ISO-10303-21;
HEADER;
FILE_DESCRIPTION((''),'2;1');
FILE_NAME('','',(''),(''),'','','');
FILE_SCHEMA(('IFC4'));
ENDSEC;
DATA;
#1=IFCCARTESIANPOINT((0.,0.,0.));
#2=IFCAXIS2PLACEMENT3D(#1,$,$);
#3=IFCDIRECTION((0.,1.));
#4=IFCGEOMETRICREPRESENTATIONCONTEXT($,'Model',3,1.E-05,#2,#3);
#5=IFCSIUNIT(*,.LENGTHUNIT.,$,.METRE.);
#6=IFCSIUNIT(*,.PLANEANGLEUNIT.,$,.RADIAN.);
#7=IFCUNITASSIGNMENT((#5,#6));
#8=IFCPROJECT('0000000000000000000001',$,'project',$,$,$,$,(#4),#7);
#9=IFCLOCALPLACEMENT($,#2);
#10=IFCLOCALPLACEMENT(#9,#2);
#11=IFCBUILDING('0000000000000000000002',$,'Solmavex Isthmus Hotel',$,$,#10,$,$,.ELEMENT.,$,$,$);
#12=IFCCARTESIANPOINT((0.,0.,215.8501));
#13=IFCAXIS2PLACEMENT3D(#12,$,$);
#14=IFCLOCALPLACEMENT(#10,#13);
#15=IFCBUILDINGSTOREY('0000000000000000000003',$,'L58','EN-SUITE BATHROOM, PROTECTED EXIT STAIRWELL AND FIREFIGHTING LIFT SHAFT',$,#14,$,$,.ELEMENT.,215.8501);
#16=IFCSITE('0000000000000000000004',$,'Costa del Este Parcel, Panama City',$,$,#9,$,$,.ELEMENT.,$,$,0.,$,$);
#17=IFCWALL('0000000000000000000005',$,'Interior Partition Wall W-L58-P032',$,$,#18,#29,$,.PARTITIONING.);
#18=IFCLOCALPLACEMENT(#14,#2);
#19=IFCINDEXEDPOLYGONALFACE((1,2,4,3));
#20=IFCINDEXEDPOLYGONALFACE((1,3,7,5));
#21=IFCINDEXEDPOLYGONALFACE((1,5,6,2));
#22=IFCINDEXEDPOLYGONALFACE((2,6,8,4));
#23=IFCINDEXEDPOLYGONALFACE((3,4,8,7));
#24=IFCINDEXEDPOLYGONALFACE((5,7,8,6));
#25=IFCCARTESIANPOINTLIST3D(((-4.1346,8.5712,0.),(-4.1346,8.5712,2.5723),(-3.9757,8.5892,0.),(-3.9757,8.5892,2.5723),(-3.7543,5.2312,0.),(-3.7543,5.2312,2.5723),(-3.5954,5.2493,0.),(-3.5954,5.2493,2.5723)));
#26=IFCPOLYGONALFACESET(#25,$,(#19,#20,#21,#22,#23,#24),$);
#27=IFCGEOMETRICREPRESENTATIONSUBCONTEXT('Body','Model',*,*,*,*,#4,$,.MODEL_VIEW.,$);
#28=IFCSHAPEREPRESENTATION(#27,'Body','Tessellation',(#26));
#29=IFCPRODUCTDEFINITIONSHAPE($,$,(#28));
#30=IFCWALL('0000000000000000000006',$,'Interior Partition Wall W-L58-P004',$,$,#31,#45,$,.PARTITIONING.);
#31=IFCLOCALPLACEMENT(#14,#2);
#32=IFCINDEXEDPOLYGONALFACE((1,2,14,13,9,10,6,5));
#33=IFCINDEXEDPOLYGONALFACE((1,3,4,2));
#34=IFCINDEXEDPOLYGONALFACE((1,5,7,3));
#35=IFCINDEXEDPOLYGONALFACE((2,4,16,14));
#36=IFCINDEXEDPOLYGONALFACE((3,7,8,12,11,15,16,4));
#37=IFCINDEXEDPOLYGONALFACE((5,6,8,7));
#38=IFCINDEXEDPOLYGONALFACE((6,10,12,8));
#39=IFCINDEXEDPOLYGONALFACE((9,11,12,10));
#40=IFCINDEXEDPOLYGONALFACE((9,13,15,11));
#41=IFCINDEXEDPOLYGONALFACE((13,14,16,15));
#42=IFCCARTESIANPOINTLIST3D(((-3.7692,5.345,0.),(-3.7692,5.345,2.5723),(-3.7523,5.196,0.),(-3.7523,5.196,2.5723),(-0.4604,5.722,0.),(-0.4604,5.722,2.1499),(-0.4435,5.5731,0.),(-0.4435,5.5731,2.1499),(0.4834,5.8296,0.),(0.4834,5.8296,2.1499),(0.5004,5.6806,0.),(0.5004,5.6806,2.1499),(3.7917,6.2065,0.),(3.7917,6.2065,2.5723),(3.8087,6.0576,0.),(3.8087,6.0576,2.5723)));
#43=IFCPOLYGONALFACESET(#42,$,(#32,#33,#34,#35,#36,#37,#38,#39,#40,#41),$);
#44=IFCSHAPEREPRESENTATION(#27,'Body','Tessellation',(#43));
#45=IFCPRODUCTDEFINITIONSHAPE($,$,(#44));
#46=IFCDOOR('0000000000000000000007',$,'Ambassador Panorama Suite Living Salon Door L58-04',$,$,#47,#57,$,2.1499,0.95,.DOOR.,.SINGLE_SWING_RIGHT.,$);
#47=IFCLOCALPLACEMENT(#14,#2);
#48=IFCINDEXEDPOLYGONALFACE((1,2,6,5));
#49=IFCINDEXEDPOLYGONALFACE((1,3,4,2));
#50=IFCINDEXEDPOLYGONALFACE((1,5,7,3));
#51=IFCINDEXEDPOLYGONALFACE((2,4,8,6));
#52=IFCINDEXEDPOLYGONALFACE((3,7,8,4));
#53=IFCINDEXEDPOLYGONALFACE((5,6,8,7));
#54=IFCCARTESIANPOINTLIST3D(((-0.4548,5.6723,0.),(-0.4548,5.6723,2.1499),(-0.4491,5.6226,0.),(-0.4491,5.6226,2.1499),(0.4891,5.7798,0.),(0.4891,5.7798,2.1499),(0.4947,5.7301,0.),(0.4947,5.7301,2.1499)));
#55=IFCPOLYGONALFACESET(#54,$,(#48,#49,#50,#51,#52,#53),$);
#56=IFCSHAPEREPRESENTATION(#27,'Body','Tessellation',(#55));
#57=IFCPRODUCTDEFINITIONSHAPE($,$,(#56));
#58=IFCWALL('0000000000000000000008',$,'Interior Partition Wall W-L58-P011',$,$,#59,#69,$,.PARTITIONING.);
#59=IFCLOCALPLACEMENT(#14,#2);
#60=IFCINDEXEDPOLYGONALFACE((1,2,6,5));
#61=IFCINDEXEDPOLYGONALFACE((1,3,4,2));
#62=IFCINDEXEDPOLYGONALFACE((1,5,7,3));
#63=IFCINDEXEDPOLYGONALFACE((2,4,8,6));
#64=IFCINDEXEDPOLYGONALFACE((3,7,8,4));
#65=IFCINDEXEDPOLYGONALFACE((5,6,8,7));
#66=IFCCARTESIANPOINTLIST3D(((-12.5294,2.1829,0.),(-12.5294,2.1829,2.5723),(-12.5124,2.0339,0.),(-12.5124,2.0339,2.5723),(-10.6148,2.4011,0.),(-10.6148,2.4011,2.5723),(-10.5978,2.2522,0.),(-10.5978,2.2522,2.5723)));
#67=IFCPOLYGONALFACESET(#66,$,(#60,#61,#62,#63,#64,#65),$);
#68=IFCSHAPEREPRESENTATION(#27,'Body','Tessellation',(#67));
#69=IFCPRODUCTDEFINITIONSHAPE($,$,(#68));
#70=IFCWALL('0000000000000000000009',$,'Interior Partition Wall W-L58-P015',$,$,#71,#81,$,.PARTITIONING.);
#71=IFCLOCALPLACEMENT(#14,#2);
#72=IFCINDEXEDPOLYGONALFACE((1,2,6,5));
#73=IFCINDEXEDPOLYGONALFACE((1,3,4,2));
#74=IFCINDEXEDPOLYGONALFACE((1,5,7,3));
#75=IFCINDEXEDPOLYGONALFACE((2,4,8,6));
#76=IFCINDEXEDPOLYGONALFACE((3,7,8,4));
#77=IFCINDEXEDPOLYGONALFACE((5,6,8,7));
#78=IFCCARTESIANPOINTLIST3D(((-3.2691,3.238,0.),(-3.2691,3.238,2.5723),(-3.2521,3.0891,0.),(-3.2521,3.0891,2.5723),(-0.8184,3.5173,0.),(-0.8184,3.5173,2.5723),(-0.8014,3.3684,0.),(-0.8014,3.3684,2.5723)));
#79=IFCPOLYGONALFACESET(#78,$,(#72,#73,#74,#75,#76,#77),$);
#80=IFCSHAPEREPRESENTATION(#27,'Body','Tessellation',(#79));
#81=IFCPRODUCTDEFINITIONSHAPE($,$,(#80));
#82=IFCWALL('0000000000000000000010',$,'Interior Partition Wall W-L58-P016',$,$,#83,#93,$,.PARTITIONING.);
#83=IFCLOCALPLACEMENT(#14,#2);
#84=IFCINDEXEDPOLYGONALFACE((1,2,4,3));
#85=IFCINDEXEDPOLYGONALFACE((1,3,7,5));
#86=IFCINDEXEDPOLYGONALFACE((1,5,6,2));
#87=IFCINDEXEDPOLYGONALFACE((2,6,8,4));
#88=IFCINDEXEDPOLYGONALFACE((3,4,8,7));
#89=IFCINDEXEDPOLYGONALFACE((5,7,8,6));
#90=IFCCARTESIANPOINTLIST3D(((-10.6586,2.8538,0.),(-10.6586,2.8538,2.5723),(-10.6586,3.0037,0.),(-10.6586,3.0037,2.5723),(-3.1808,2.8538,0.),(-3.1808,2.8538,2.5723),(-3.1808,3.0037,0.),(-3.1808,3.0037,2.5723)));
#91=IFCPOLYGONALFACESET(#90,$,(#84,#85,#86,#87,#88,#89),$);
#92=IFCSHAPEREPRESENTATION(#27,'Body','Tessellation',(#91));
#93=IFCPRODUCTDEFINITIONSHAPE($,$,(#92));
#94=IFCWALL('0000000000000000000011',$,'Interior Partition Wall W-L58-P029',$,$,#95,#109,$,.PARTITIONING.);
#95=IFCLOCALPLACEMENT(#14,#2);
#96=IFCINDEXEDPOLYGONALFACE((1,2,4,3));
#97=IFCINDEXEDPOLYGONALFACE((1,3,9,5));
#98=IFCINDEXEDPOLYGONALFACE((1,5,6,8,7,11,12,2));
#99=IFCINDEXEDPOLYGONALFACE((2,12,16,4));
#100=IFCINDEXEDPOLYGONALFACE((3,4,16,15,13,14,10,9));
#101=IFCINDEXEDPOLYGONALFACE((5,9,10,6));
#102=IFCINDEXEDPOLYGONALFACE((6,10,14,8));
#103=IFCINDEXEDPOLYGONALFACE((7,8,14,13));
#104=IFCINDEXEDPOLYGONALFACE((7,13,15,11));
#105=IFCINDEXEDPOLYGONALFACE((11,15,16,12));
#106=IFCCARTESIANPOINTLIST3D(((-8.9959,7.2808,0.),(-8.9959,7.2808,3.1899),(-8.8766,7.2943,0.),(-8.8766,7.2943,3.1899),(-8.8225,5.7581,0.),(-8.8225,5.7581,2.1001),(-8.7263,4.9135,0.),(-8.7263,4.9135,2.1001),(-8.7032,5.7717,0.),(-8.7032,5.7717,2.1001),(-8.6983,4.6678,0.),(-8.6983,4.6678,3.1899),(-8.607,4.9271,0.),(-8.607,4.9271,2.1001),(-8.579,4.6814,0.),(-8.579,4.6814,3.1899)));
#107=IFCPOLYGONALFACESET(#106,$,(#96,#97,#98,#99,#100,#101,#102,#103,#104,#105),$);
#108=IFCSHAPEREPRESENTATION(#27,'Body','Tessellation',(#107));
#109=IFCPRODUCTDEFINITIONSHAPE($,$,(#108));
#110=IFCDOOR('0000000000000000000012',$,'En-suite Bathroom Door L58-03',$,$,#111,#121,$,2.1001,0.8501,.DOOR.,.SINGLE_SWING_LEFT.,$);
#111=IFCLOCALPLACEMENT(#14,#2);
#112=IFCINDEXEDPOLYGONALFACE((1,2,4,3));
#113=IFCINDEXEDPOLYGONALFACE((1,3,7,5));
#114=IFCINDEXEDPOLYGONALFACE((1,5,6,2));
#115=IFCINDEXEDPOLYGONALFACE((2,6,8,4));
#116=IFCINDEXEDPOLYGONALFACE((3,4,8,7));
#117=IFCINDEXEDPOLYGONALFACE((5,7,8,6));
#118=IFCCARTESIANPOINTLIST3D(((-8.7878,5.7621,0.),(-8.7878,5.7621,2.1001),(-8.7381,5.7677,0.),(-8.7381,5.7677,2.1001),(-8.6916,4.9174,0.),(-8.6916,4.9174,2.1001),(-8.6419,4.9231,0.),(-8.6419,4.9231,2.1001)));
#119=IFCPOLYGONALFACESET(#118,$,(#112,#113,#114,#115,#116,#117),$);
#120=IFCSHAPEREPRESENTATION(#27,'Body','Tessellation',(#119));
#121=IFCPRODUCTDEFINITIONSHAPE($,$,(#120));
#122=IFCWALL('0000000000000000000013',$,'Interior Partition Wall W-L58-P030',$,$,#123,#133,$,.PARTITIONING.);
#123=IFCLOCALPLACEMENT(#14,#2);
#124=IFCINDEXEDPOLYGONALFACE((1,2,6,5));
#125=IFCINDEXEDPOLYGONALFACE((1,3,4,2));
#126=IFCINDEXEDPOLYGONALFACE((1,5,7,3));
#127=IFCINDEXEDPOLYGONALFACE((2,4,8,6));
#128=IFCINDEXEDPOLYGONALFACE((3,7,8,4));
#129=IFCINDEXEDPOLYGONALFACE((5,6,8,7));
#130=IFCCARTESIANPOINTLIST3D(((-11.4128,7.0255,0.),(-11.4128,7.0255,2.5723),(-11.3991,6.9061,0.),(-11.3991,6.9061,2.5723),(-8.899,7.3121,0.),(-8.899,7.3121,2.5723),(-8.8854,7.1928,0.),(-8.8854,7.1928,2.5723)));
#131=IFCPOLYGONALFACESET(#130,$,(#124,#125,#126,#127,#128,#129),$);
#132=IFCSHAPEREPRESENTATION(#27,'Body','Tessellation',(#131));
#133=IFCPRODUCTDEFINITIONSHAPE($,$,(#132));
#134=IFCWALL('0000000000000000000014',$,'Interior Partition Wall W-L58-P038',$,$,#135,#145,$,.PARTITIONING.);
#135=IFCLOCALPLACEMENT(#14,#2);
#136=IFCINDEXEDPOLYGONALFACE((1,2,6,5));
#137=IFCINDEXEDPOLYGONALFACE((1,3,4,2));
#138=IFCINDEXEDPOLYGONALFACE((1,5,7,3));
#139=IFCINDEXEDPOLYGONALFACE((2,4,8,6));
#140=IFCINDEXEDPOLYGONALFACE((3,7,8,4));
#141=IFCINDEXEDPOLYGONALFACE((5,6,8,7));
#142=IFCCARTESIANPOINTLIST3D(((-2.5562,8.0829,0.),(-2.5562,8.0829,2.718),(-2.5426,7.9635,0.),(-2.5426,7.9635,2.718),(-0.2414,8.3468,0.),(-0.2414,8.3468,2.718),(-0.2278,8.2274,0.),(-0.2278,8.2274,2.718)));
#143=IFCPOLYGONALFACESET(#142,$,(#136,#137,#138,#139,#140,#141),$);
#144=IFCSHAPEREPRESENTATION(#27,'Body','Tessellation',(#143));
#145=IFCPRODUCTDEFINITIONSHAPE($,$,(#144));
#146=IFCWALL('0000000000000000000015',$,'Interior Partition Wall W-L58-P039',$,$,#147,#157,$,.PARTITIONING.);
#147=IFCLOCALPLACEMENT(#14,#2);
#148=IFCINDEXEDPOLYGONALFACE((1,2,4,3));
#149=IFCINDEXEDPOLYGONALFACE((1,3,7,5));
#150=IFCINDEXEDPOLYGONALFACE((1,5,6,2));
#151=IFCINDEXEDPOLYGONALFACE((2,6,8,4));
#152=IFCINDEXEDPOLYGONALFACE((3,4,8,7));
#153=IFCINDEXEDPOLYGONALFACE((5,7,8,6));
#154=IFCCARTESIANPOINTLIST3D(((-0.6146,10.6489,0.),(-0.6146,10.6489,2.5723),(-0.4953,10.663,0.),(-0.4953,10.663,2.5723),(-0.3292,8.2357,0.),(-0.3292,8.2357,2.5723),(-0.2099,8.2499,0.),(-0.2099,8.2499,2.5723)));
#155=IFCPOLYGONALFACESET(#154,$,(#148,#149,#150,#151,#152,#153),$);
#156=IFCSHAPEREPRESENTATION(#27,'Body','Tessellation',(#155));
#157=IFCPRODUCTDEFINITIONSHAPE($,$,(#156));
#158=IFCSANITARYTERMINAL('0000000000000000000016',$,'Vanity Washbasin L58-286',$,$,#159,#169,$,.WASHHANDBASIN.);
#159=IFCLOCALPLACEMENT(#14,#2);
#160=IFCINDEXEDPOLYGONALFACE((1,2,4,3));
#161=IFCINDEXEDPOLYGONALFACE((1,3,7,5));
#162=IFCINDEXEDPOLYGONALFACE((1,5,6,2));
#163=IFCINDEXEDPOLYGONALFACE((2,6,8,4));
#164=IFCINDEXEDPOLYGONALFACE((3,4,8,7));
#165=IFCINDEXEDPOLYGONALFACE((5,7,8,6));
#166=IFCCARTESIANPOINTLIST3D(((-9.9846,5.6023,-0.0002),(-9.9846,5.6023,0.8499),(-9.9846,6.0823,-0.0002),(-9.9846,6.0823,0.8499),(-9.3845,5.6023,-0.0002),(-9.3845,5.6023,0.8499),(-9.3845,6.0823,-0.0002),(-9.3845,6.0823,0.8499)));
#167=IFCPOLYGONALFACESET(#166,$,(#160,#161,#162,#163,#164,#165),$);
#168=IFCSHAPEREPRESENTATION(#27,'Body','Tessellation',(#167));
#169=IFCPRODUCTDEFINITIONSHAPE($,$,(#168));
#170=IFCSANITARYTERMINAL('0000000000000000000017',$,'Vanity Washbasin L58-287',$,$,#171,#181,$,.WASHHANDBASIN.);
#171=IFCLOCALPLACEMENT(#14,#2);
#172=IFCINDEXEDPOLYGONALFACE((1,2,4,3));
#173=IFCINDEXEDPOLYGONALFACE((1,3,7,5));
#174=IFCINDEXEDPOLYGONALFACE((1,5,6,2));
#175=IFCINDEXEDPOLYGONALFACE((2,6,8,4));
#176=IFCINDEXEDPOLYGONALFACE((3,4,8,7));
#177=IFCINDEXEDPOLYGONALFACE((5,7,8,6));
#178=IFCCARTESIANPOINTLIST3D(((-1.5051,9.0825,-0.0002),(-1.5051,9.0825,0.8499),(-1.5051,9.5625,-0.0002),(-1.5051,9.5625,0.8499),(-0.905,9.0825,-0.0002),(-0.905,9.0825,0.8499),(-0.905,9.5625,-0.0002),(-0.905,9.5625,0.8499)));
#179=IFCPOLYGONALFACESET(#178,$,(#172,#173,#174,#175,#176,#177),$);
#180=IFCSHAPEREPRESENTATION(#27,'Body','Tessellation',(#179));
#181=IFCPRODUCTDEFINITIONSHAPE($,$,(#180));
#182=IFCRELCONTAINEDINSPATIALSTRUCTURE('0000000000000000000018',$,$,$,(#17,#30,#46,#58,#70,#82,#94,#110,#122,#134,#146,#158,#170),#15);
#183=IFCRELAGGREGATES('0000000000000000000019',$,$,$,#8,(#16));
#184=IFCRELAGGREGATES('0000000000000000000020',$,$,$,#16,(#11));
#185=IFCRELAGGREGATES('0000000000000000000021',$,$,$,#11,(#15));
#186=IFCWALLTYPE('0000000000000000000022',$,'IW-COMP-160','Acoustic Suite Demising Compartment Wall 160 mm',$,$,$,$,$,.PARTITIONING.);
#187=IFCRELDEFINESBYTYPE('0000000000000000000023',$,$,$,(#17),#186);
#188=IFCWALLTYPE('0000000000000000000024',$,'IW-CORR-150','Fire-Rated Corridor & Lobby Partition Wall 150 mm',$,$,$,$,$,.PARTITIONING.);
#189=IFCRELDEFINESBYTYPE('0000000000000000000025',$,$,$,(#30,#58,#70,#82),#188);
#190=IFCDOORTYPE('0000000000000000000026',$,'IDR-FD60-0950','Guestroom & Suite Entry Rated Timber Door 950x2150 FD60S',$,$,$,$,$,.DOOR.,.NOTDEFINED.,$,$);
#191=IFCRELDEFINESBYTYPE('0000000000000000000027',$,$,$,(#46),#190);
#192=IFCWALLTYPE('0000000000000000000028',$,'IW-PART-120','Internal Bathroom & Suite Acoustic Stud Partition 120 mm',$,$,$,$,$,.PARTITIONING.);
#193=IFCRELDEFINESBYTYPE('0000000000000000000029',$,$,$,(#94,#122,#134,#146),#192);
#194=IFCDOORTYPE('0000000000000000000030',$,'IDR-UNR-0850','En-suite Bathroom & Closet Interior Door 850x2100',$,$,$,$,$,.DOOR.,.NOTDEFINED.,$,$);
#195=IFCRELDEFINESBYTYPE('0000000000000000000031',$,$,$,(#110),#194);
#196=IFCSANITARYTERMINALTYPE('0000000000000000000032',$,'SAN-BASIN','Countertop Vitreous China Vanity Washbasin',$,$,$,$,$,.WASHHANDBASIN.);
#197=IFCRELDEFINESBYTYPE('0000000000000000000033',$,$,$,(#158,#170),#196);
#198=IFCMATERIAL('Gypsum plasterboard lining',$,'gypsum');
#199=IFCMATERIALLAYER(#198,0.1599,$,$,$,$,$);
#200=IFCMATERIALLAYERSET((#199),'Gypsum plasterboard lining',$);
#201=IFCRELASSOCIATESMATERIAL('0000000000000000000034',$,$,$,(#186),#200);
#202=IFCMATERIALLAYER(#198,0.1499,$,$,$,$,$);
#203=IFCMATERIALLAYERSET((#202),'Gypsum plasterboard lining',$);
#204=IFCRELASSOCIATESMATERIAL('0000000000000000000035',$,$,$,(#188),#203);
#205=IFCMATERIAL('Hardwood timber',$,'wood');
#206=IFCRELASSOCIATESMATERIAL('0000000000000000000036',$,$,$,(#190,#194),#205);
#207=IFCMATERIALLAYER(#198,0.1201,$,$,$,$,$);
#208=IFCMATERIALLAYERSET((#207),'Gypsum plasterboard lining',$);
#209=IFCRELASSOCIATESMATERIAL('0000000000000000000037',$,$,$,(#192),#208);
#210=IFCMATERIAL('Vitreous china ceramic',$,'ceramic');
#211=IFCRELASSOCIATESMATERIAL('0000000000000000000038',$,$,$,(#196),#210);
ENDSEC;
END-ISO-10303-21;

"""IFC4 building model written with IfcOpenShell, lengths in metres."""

from ifc_helpers import new_model, si_unit, direction, frame, frame_2d, origin, origin_2d, place, context, subcontext, project, spatial, rectangle, extrude, material, layer, layer_set, type_object, element, fill, save


model = new_model("IFC4")

# Units and contexts
model_context = context("Model", 3, precision=1e-05, world=origin(), true_north=direction((0.0, 1.0)))
body_context = subcontext(model_context, "Body", "Model", "MODEL_VIEW")
ifc_project = project(units=[si_unit("LENGTHUNIT", "METRE"), si_unit("PLANEANGLEUNIT", "RADIAN")], contexts=[model_context])

# Site, building, storey
site_placement = place(None, origin())
site = spatial("IfcSite", under=ifc_project, at=site_placement, Name="Costa del Este Parcel, Panama City", CompositionType="ELEMENT", RefElevation=0.0)
building_placement = place(site_placement, origin())
building = spatial("IfcBuilding", under=site, at=building_placement, Name="Solmavex Isthmus Hotel", CompositionType="ELEMENT")
storey_placement = place(building_placement, frame((0.0, 0.0, 215.8501)))
storey = spatial("IfcBuildingStorey", under=building, at=storey_placement, Name="L58", Description="EN-SUITE BATHROOM, PROTECTED EXIT STAIRWELL AND FIREFIGHTING LIFT SHAFT", CompositionType="ELEMENT", Elevation=215.8501)

# Wall
ifc_material_1 = material(Name="Gypsum plasterboard lining", Category="gypsum")
ifc_layer_1 = layer(ifc_material_1, 0.1599)
ifc_layer_set_1 = layer_set([ifc_layer_1], Name="Gypsum plasterboard lining")
wall_type_1 = type_object("IfcWallType", Name="IW-COMP-160", Description="Acoustic Suite Demising Compartment Wall 160 mm", PredefinedType="PARTITIONING", material=ifc_layer_set_1)
wall_1_placement = place(storey_placement, frame((-4.0552, 8.5801, 0.0), z_axis=(0.0, 0.0, 1.0), x_axis=(0.113149, -0.993578, 0.0)))
element("IfcWall", 1, at=wall_1_placement, inside=storey, type_object=wall_type_1, Name="Interior Partition Wall W-L58-P032", PredefinedType="PARTITIONING", context=body_context, shape_type="SweptSolid", body=[
    extrude(rectangle(XDim=3.3616, YDim=0.1599, at=frame_2d((1.6807, 0.0))), origin(), (0.0, 0.0, 1.0), 2.5723),
])

# Wall, opening, door
ifc_layer_2 = layer(ifc_material_1, 0.1499)
ifc_layer_set_2 = layer_set([ifc_layer_2], Name="Gypsum plasterboard lining")
wall_type_2 = type_object("IfcWallType", Name="IW-CORR-150", Description="Fire-Rated Corridor & Lobby Partition Wall 150 mm", PredefinedType="PARTITIONING", material=ifc_layer_set_2)
ifc_material_2 = material(Name="Hardwood timber", Category="wood")
door_type_1 = type_object("IfcDoorType", Name="IDR-FD60-0950", Description="Guestroom & Suite Entry Rated Timber Door 950x2150 FD60S", OperationType="NOTDEFINED", PredefinedType="DOOR", material=ifc_material_2)
wall_2_placement = place(storey_placement, frame((-3.7607, 5.2705, 0.0), z_axis=(0.0, 0.0, 1.0), x_axis=(0.99357, 0.113216, 0.0)))
wall_2 = element("IfcWall", 2, at=wall_2_placement, inside=storey, type_object=wall_type_2, Name="Interior Partition Wall W-L58-P004", PredefinedType="PARTITIONING", context=body_context, shape_type="SweptSolid", body=[
    extrude(rectangle(XDim=7.6099, YDim=0.1499, at=frame_2d((3.8049, 0.0))), origin(), (0.0, 0.0, 1.0), 2.5723),
])
opening_1_placement = place(wall_2_placement, frame((3.3301, 0.0, 0.0)))
opening_1 = element("IfcOpeningElement", 3, at=opening_1_placement, cuts=wall_2, PredefinedType="OPENING", context=body_context, shape_type="SweptSolid", body=[
    extrude(rectangle(XDim=0.95, YDim=2.1499, at=frame_2d((0.4751, 1.075))), frame((0.0, 0.085, 0.0), z_axis=(0.0, -1.0, 0.0), x_axis=(1.0, 0.0, 0.0)), (0.0, 0.0, 1.0), 0.1699),
])
door_1_placement = place(opening_1_placement, origin())
door_1 = element("IfcDoor", 4, at=door_1_placement, inside=storey, type_object=door_type_1, Name="Ambassador Panorama Suite Living Salon Door L58-04", OperationType="SINGLE_SWING_RIGHT", OverallHeight=2.1499, OverallWidth=0.95, PredefinedType="DOOR", context=body_context, shape_type="SweptSolid", body=[
    extrude(rectangle(XDim=0.95, YDim=2.1499, at=frame_2d((0.4751, 1.075))), frame((0.0, 0.0249, 0.0), z_axis=(0.0, -1.0, 0.0), x_axis=(1.0, 0.0, 0.0)), (0.0, 0.0, 1.0), 0.05),
])
fill(opening_1, door_1)

# Walls
wall_3_placement = place(storey_placement, frame((-10.6064, 2.3267, 0.0), z_axis=(0.0, 0.0, 1.0), x_axis=(-0.993564, -0.113268, 0.0)))
element("IfcWall", 5, at=wall_3_placement, inside=storey, type_object=wall_type_2, Name="Interior Partition Wall W-L58-P011", PredefinedType="PARTITIONING", context=body_context, shape_type="SweptSolid", body=[
    extrude(rectangle(XDim=1.927, YDim=0.1499, at=frame_2d((0.9634, 0.0))), origin(), (0.0, 0.0, 1.0), 2.5723),
])
wall_4_placement = place(storey_placement, frame((-0.8098, 3.4429, 0.0), z_axis=(0.0, 0.0, 1.0), x_axis=(-0.993568, -0.113234, 0.0)))
element("IfcWall", 6, at=wall_4_placement, inside=storey, type_object=wall_type_2, Name="Interior Partition Wall W-L58-P015", PredefinedType="PARTITIONING", context=body_context, shape_type="SweptSolid", body=[
    extrude(rectangle(XDim=2.4666, YDim=0.1499, at=frame_2d((1.2334, 0.0))), origin(), (0.0, 0.0, 1.0), 2.5723),
])
wall_5_placement = place(storey_placement, frame((-3.1809, 2.9287, 0.0), z_axis=(0.0, 0.0, 1.0), x_axis=(-1.0, 0.0, 0.0)))
element("IfcWall", 7, at=wall_5_placement, inside=storey, type_object=wall_type_2, Name="Interior Partition Wall W-L58-P016", PredefinedType="PARTITIONING", context=body_context, shape_type="SweptSolid", body=[
    extrude(rectangle(XDim=7.4778, YDim=0.1499, at=frame_2d((3.7388, 0.0))), origin(), (0.0, 0.0, 1.0), 2.5723),
])

# Wall, opening, door
ifc_layer_3 = layer(ifc_material_1, 0.1201)
ifc_layer_set_3 = layer_set([ifc_layer_3], Name="Gypsum plasterboard lining")
wall_type_3 = type_object("IfcWallType", Name="IW-PART-120", Description="Internal Bathroom & Suite Acoustic Stud Partition 120 mm", PredefinedType="PARTITIONING", material=ifc_layer_set_3)
wall_6_placement = place(storey_placement, frame((-8.6387, 4.6746, 0.0), z_axis=(0.0, 0.0, 1.0), x_axis=(-0.113162, 0.993577, 0.0)))
wall_6 = element("IfcWall", 8, at=wall_6_placement, inside=storey, type_object=wall_type_3, Name="Interior Partition Wall W-L58-P029", PredefinedType="PARTITIONING", context=body_context, shape_type="SweptSolid", body=[
    extrude(rectangle(XDim=2.6299, YDim=0.1201, at=frame_2d((1.3149, 0.0))), origin(), (0.0, 0.0, 1.0), 3.1899),
])
opening_2_placement = place(wall_6_placement, frame((0.2473, 0.0, 0.0)))
opening_2 = element("IfcOpeningElement", 9, at=opening_2_placement, cuts=wall_6, PredefinedType="OPENING", context=body_context, shape_type="SweptSolid", body=[
    extrude(rectangle(XDim=0.8501, YDim=2.1001, at=frame_2d((0.425, 1.05))), frame((0.0, 0.0701, 0.0), z_axis=(0.0, -1.0, 0.0), x_axis=(1.0, 0.0, 0.0)), (0.0, 0.0, 1.0), 0.1401),
])
door_type_2 = type_object("IfcDoorType", Name="IDR-UNR-0850", Description="En-suite Bathroom & Closet Interior Door 850x2100", OperationType="NOTDEFINED", PredefinedType="DOOR", material=ifc_material_2)
door_2_placement = place(opening_2_placement, frame((0.8501, 0.0, 0.0), z_axis=(0.0, 0.0, 1.0), x_axis=(-1.0, 0.0, 0.0)))
door_2 = element("IfcDoor", 10, at=door_2_placement, inside=storey, type_object=door_type_2, Name="En-suite Bathroom Door L58-03", OperationType="SINGLE_SWING_LEFT", OverallHeight=2.1001, OverallWidth=0.8501, PredefinedType="DOOR", context=body_context, shape_type="SweptSolid", body=[
    extrude(rectangle(XDim=0.8501, YDim=2.1001, at=frame_2d((0.425, 1.05))), frame((0.0, 0.0249, 0.0), z_axis=(0.0, -1.0, 0.0), x_axis=(1.0, 0.0, 0.0)), (0.0, 0.0, 1.0), 0.05),
])
fill(opening_2, door_2)

# Walls
wall_7_placement = place(storey_placement, frame((-8.8921, 7.2524, 0.0), z_axis=(0.0, 0.0, 1.0), x_axis=(-0.993562, -0.113291, 0.0)))
element("IfcWall", 11, at=wall_7_placement, inside=storey, type_object=wall_type_3, Name="Interior Partition Wall W-L58-P030", PredefinedType="PARTITIONING", context=body_context, shape_type="SweptSolid", body=[
    extrude(rectangle(XDim=2.53, YDim=0.1201, at=frame_2d((1.2651, 0.0))), origin(), (0.0, 0.0, 1.0), 2.5723),
])
wall_8_placement = place(storey_placement, frame((-2.5496, 8.0232, 0.0), z_axis=(0.0, 0.0, 1.0), x_axis=(0.993564, 0.113272, 0.0)))
element("IfcWall", 12, at=wall_8_placement, inside=storey, type_object=wall_type_3, Name="Interior Partition Wall W-L58-P038", PredefinedType="PARTITIONING", context=body_context, shape_type="SweptSolid", body=[
    extrude(rectangle(XDim=2.3298, YDim=0.1201, at=frame_2d((1.165, 0.0))), origin(), (0.0, 0.0, 1.0), 2.718),
])
wall_9_placement = place(storey_placement, frame((-0.2695, 8.2429, 0.0), z_axis=(0.0, 0.0, 1.0), x_axis=(-0.117453, 0.993078, 0.0)))
element("IfcWall", 13, at=wall_9_placement, inside=storey, type_object=wall_type_3, Name="Interior Partition Wall W-L58-P039", PredefinedType="PARTITIONING", context=body_context, shape_type="SweptSolid", body=[
    extrude(rectangle(XDim=2.4299, YDim=0.1201, at=frame_2d((1.2148, 0.0))), origin(), (0.0, 0.0, 1.0), 2.5723),
])

# Sanitary terminals
ifc_material_3 = material(Name="Vitreous china ceramic", Category="ceramic")
sanitary_terminal_type_1 = type_object("IfcSanitaryTerminalType", Name="SAN-BASIN", Description="Countertop Vitreous China Vanity Washbasin", PredefinedType="WASHHANDBASIN", material=ifc_material_3)
for number, where, z_axis, x_axis, name in (
    (14, (-9.6846, 5.8423, -0.0002), (0.0, 0.0, 1.0), (1.0, 0.0, 0.0), "Vanity Washbasin L58-286"),
    (15, (-1.2051, 9.3225, -0.0002), (0.0, 0.0, 1.0), (1.0, 0.0, 0.0), "Vanity Washbasin L58-287"),
):
    element("IfcSanitaryTerminal", number, at=place(storey_placement, frame(where, z_axis=z_axis, x_axis=x_axis)), inside=storey, type_object=sanitary_terminal_type_1, Name=name, PredefinedType="WASHHANDBASIN", context=body_context, shape_type="SweptSolid", body=[
        extrude(rectangle(XDim=0.6001, YDim=0.48, at=origin_2d()), origin(), (0.0, 0.0, 1.0), 0.8501),
    ])

save(model, "model.ifc")
